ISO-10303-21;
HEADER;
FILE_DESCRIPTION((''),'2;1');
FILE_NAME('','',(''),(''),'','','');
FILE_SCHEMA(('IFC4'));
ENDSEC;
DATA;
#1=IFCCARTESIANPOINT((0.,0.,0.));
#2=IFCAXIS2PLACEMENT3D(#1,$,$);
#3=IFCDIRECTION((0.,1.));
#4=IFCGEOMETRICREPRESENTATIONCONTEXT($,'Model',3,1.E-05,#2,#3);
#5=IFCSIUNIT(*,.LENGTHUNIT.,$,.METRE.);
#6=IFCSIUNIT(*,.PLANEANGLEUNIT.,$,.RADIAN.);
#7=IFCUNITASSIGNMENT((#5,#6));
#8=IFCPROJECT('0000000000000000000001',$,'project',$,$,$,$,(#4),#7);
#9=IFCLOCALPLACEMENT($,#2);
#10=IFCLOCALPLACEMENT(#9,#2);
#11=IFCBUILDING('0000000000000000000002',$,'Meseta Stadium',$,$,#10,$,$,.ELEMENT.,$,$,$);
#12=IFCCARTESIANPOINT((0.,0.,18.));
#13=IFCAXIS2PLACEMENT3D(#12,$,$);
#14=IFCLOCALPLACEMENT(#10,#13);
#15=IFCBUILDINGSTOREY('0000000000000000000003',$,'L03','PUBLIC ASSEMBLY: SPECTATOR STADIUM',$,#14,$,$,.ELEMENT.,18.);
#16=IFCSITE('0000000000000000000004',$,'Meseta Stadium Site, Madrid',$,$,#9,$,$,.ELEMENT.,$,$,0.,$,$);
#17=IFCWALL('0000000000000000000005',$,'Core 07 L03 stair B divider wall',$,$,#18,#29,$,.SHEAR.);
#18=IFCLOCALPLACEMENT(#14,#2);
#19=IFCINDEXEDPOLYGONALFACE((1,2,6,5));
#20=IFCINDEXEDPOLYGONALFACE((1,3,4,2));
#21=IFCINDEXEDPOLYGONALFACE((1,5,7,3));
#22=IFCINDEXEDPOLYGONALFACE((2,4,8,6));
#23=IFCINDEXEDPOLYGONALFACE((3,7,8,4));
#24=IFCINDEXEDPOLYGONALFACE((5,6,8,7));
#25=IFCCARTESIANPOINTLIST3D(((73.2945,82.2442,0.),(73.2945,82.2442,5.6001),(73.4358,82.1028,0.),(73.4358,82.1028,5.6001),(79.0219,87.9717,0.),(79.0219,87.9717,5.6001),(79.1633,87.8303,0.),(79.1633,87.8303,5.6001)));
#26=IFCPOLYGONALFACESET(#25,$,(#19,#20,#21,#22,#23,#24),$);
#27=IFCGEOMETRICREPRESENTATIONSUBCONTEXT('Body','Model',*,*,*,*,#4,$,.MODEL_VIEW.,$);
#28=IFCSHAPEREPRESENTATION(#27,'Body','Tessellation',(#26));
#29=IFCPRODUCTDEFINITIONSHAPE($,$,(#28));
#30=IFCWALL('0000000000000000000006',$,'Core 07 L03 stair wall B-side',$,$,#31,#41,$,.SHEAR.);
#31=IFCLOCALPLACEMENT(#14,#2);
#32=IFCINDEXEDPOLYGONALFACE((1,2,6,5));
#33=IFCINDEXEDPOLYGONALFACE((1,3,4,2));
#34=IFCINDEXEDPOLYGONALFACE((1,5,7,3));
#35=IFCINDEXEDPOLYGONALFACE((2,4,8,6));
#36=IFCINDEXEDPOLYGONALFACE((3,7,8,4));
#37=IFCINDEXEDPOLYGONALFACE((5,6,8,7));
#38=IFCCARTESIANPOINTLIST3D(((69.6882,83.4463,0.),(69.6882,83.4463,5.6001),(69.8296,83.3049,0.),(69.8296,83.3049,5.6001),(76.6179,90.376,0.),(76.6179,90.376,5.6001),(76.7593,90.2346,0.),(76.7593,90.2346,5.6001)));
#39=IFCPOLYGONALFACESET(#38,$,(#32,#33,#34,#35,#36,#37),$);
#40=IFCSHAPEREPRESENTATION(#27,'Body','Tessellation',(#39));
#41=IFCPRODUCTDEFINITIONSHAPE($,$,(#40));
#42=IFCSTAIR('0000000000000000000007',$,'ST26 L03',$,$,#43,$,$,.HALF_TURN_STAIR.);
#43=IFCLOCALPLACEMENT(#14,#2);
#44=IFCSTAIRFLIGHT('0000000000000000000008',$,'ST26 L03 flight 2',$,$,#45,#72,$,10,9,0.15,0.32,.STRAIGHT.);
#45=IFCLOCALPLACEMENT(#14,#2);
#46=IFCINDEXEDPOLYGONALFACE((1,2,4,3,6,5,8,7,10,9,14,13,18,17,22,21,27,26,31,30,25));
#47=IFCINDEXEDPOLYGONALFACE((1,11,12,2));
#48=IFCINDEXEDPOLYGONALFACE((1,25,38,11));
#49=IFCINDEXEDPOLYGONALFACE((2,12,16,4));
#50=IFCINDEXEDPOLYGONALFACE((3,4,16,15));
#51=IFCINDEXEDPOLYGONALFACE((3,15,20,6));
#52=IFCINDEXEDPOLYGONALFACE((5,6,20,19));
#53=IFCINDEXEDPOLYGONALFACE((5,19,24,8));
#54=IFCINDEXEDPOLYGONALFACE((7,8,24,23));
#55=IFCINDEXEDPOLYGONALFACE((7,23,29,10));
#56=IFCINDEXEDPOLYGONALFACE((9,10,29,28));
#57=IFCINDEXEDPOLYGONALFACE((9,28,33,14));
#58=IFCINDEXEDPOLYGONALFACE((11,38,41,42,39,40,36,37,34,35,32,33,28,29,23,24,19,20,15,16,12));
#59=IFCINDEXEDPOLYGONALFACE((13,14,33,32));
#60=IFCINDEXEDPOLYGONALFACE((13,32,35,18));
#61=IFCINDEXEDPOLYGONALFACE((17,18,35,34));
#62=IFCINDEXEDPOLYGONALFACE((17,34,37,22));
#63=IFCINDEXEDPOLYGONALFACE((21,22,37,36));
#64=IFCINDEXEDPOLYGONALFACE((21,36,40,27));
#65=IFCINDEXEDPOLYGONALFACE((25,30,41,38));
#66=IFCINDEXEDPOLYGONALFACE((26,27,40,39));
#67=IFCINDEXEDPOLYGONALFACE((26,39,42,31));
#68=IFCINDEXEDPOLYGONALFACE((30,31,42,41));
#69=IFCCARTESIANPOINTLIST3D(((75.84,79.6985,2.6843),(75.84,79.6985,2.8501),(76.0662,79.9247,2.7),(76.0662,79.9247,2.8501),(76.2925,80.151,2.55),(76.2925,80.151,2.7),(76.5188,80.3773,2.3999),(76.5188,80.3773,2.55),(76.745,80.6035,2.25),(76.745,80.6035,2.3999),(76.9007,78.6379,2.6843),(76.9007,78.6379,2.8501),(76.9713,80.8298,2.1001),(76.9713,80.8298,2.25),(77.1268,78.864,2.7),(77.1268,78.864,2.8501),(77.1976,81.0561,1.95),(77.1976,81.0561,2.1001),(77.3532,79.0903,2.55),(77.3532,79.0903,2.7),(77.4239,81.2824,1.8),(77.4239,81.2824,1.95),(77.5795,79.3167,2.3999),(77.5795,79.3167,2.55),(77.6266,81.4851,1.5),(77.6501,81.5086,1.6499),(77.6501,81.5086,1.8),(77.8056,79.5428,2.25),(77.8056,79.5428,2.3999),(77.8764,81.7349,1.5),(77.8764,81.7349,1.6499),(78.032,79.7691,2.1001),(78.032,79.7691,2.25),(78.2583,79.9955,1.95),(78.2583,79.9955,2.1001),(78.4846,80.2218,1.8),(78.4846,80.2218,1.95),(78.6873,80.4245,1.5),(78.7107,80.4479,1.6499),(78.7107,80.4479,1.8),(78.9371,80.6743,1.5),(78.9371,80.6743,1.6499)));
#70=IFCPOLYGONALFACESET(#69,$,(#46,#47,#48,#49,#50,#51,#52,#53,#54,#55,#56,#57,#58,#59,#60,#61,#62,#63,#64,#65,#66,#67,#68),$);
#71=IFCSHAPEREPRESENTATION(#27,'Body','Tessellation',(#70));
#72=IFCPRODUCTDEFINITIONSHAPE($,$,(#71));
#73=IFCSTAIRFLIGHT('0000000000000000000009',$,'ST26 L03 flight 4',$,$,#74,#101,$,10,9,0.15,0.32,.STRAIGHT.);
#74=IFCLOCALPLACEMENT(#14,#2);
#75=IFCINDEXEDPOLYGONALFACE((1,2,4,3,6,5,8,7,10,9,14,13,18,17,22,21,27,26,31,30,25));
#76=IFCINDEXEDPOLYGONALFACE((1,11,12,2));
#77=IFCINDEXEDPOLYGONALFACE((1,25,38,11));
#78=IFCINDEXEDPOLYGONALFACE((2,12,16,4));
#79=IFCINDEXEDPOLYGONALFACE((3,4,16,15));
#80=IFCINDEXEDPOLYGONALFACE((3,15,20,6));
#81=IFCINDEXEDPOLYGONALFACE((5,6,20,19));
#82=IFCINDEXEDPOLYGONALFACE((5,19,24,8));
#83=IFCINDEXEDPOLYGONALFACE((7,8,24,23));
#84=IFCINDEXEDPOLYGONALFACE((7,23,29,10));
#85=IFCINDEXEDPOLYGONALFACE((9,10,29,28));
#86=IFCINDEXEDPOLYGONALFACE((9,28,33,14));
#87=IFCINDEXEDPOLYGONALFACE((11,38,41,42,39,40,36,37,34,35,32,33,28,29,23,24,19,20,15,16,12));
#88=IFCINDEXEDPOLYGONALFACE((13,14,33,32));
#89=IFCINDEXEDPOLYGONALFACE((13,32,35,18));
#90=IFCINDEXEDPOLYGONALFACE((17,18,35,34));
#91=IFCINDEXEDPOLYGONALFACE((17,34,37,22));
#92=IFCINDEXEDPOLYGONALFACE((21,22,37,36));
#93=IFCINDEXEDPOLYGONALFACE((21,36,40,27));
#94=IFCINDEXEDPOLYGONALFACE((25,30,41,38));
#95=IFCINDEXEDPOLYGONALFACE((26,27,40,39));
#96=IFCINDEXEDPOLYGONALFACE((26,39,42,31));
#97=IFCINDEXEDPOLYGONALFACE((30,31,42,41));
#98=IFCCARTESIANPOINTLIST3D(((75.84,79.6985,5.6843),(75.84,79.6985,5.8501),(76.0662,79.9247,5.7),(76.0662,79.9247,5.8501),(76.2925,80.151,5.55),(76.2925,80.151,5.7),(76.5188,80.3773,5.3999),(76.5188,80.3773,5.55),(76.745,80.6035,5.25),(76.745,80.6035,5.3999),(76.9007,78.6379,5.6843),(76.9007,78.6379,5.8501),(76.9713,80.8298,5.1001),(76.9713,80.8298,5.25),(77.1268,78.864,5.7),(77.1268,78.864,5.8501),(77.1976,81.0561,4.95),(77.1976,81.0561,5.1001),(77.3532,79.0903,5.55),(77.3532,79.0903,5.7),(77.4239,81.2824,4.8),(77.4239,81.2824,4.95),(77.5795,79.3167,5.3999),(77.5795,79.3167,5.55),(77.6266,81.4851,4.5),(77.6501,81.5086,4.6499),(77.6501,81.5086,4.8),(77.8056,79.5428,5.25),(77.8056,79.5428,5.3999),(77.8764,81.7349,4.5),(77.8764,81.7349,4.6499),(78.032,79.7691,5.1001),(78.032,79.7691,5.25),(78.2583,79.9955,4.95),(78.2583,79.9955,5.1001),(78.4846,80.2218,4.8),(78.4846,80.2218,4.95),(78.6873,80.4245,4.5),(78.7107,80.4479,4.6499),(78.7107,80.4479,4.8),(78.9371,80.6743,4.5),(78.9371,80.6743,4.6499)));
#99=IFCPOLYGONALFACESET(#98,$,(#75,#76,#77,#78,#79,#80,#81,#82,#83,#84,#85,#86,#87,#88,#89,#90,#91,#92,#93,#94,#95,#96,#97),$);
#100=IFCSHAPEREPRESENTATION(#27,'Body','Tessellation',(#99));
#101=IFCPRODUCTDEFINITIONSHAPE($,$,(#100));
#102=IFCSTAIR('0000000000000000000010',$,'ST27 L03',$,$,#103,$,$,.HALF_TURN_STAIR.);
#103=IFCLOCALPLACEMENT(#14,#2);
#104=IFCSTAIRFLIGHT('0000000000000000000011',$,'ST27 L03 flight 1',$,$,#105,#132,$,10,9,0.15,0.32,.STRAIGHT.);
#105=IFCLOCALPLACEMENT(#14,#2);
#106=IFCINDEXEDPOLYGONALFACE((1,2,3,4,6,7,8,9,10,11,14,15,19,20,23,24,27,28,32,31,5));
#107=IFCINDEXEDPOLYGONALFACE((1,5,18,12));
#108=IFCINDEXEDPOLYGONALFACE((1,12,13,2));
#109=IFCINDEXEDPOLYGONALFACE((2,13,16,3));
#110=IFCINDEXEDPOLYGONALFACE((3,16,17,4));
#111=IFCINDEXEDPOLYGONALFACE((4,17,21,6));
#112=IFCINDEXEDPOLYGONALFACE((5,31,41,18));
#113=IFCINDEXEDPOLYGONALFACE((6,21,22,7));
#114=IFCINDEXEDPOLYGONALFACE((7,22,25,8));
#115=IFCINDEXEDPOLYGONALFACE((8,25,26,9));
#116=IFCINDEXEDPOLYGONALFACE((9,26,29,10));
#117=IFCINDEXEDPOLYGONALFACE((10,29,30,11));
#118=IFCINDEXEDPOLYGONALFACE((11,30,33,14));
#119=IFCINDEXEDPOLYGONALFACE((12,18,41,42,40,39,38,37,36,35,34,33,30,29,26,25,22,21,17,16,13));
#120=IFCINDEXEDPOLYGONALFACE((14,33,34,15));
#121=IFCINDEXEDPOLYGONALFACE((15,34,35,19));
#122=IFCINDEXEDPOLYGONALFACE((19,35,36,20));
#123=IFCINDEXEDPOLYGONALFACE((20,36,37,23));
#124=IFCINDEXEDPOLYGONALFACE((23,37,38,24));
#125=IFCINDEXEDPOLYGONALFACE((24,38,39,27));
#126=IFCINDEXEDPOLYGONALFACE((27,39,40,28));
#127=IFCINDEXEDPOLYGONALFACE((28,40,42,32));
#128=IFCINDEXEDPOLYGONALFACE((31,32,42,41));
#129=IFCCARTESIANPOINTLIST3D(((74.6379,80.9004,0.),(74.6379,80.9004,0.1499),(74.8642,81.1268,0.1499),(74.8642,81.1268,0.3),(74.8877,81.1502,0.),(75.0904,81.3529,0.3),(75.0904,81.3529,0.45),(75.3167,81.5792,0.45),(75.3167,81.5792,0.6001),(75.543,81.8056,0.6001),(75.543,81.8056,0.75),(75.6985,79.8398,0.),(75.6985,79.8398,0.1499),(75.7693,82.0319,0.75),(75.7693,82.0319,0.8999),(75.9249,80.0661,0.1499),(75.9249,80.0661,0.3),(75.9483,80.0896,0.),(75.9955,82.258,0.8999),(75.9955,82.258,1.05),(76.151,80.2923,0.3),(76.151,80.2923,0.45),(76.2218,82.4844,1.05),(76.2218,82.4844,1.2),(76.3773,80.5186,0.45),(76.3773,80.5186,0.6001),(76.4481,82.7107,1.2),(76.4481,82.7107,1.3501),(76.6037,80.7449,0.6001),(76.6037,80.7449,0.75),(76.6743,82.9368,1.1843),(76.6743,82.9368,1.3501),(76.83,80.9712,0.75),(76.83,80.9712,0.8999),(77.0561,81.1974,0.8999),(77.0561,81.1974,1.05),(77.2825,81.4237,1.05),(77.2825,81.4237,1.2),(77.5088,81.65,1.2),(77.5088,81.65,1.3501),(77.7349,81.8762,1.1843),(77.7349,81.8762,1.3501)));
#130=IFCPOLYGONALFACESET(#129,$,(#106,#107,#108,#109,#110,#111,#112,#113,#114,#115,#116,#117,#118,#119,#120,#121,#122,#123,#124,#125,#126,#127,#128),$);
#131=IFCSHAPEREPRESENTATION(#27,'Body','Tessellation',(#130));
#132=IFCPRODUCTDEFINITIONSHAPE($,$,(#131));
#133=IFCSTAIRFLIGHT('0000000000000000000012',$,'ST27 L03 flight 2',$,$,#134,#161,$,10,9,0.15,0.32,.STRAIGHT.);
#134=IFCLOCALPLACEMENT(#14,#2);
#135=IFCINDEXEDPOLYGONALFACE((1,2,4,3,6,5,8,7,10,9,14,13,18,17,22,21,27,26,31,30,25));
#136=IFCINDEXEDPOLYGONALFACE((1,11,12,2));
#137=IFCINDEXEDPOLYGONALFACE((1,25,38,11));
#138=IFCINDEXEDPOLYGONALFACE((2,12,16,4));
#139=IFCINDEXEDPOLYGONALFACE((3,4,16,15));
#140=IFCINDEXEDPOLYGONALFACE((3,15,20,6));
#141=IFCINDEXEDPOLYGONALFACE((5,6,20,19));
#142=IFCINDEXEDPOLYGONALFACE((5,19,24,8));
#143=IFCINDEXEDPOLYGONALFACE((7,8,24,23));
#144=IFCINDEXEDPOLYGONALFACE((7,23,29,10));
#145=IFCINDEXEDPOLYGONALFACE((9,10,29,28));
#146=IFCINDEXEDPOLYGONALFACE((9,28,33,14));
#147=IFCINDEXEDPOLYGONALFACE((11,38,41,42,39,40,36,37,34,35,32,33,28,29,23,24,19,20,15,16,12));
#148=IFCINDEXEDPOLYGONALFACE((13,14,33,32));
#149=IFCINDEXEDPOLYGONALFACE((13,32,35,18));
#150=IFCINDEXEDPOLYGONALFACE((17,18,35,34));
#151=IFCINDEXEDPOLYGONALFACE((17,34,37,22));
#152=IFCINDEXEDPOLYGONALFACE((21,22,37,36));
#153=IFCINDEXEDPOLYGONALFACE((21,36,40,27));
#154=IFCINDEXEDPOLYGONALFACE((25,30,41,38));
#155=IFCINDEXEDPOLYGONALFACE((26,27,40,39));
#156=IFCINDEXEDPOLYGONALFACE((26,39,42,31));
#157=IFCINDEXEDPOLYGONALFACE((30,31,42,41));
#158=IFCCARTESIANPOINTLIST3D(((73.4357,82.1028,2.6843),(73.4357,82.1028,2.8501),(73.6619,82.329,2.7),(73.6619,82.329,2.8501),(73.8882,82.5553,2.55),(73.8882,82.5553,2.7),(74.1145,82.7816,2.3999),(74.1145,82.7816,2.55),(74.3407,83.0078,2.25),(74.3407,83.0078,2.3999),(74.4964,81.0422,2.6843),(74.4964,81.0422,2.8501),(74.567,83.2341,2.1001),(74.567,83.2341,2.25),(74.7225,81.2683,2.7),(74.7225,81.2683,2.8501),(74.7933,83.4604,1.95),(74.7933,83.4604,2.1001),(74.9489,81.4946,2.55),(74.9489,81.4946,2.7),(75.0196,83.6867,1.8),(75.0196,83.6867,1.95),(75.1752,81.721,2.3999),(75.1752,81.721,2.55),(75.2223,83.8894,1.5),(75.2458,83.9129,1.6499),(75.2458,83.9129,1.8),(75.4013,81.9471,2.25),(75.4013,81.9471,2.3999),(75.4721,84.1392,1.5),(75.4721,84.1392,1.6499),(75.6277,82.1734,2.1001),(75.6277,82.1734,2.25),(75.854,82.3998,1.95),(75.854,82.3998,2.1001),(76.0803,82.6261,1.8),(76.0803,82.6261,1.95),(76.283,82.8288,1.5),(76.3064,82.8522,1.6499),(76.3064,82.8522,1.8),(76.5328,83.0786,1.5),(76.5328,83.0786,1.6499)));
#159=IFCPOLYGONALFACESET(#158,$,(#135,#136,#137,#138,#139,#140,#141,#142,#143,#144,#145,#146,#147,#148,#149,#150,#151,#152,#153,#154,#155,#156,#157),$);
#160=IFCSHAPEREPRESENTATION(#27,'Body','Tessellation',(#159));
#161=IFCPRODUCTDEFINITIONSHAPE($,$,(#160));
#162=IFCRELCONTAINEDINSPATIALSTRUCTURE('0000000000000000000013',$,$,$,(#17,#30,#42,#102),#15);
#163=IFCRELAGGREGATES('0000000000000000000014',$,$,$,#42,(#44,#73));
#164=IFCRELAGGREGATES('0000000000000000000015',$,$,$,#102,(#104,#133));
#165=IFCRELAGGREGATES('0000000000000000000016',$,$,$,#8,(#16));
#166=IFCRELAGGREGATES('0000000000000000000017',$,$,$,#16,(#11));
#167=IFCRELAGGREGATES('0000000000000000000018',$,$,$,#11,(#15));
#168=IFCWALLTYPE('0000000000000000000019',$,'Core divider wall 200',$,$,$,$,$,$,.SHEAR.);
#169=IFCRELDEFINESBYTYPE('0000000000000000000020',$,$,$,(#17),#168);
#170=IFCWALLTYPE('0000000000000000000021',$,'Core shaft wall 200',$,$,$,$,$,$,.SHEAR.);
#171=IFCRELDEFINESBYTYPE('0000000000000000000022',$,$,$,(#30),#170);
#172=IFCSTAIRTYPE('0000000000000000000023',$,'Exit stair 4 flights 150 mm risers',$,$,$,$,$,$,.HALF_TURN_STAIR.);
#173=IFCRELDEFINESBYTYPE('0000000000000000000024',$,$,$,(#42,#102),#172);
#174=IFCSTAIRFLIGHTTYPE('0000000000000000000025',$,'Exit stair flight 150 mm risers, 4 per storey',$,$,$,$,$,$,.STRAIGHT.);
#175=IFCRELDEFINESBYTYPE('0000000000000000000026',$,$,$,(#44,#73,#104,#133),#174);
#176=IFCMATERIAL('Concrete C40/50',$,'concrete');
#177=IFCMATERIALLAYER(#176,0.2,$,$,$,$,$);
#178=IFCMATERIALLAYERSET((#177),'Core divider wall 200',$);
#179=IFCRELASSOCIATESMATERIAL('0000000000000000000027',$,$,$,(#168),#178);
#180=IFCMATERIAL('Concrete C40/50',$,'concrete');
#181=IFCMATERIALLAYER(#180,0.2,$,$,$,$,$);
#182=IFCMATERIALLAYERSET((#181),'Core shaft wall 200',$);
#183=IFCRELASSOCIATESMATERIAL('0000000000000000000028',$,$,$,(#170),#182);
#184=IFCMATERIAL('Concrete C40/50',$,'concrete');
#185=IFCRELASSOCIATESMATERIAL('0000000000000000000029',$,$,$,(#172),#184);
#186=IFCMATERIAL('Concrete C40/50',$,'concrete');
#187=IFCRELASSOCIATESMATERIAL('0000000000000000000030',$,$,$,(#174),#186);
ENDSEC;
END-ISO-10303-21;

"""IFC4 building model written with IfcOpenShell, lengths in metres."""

from ifc_helpers import new_model, si_unit, direction, frame, frame_2d, origin, place, context, subcontext, project, spatial, polyline, rectangle, outline, extrude, material, layer, layer_set, type_object, element, aggregate, save


model = new_model("IFC4")

# Units and contexts
model_context = context("Model", 3, precision=1e-05, world=origin(), true_north=direction((0.0, 1.0)))
body_context = subcontext(model_context, "Body", "Model", "MODEL_VIEW")
ifc_project = project(units=[si_unit("LENGTHUNIT", "METRE"), si_unit("PLANEANGLEUNIT", "RADIAN")], contexts=[model_context])

# Site, building, storey
site_placement = place(None, origin())
site = spatial("IfcSite", under=ifc_project, at=site_placement, Name="Meseta Stadium Site, Madrid", CompositionType="ELEMENT", RefElevation=0.0)
building_placement = place(site_placement, origin())
building = spatial("IfcBuilding", under=site, at=building_placement, Name="Meseta Stadium", CompositionType="ELEMENT")
storey_placement = place(building_placement, frame((0.0, 0.0, 18.0)))
storey = spatial("IfcBuildingStorey", under=building, at=storey_placement, Name="L03", Description="PUBLIC ASSEMBLY: SPECTATOR STADIUM", CompositionType="ELEMENT", Elevation=18.0)

# Walls
ifc_material_1 = material(Name="Concrete C40/50", Category="concrete")
ifc_layer_1 = layer(ifc_material_1, 0.2)
ifc_layer_set_1 = layer_set([ifc_layer_1], Name="Core divider wall 200")
wall_type_1 = type_object("IfcWallType", Name="Core divider wall 200", PredefinedType="SHEAR", material=ifc_layer_set_1)
wall_1_placement = place(storey_placement, frame((79.0925, 87.9009, 0.0), z_axis=(0.0, 0.0, 1.0), x_axis=(-0.707107, -0.707107, 0.0)))
element("IfcWall", 1, at=wall_1_placement, inside=storey, type_object=wall_type_1, Name="Core 07 L03 stair B divider wall", PredefinedType="SHEAR", context=body_context, shape_type="SweptSolid", body=[
    extrude(rectangle(XDim=8.0999, YDim=0.2, at=frame_2d((4.0498, 0.0))), origin(), (0.0, 0.0, 1.0), 5.6001),
])
ifc_material_2 = material(Name="Concrete C40/50", Category="concrete")
ifc_layer_2 = layer(ifc_material_2, 0.2)
ifc_layer_set_2 = layer_set([ifc_layer_2], Name="Core shaft wall 200")
wall_type_2 = type_object("IfcWallType", Name="Core shaft wall 200", PredefinedType="SHEAR", material=ifc_layer_set_2)
wall_2_placement = place(storey_placement, frame((76.6885, 90.3052, 0.0), z_axis=(0.0, 0.0, 1.0), x_axis=(-0.707107, -0.707107, 0.0)))
element("IfcWall", 2, at=wall_2_placement, inside=storey, type_object=wall_type_2, Name="Core 07 L03 stair wall B-side", PredefinedType="SHEAR", context=body_context, shape_type="SweptSolid", body=[
    extrude(rectangle(XDim=9.8, YDim=0.2, at=frame_2d((4.8999, 0.0))), origin(), (0.0, 0.0, 1.0), 5.6001),
])

# Stairs, stair flights
ifc_material_3 = material(Name="Concrete C40/50", Category="concrete")
stair_type = type_object("IfcStairType", Name="Exit stair 4 flights 150 mm risers", PredefinedType="HALF_TURN_STAIR", material=ifc_material_3)
stair_1_placement = place(storey_placement, origin())
stair_1 = element("IfcStair", 3, at=stair_1_placement, inside=storey, type_object=stair_type, Name="ST26 L03", PredefinedType="HALF_TURN_STAIR")
ifc_material_4 = material(Name="Concrete C40/50", Category="concrete")
stair_flight_type = type_object("IfcStairFlightType", Name="Exit stair flight 150 mm risers, 4 per storey", PredefinedType="STRAIGHT", material=ifc_material_4)
stair_flight_1_placement = place(storey_placement, frame((78.4067, 81.2046, 1.5), z_axis=(0.0, 0.0, 1.0), x_axis=(-0.707107, -0.707107, 0.0)))
stair_flight_1 = element("IfcStairFlight", 4, at=stair_flight_1_placement, type_object=stair_flight_type, Name="ST26 L03 flight 2", NumberOfRisers=10, NumberOfTreads=9, PredefinedType="STRAIGHT", RiserHeight=0.15, TreadLength=0.32, context=body_context, shape_type="SweptSolid", body=[
    extrude(outline(polyline([(0.0, 0.0), (0.0, 0.1499), (0.3201, 0.1499), (0.3201, 0.3), (0.6399, 0.3), (0.6399, 0.45), (0.96, 0.45), (0.96, 0.6001), (1.28, 0.6001), (1.28, 0.75), (1.6001, 0.75), (1.6001, 0.8999), (1.9199, 0.8999), (1.9199, 1.05), (2.24, 1.05), (2.24, 1.2), (2.5601, 1.2), (2.5601, 1.3501), (2.8799, 1.3501), (2.8799, 1.1843), (0.3533, 0.0), (0.0, 0.0)])), frame((0.0, 0.75, 0.0), z_axis=(0.0, -1.0, 0.0), x_axis=(1.0, 0.0, 0.0)), (0.0, 0.0, 1.0), 1.5),
])
stair_flight_2_placement = place(storey_placement, frame((78.4067, 81.2046, 4.5), z_axis=(0.0, 0.0, 1.0), x_axis=(-0.707107, -0.707107, 0.0)))
stair_flight_2 = element("IfcStairFlight", 5, at=stair_flight_2_placement, type_object=stair_flight_type, Name="ST26 L03 flight 4", NumberOfRisers=10, NumberOfTreads=9, PredefinedType="STRAIGHT", RiserHeight=0.15, TreadLength=0.32, context=body_context, shape_type="SweptSolid", body=[
    extrude(outline(polyline([(0.0, 0.0), (0.0, 0.1499), (0.3201, 0.1499), (0.3201, 0.3), (0.6399, 0.3), (0.6399, 0.45), (0.96, 0.45), (0.96, 0.6001), (1.28, 0.6001), (1.28, 0.75), (1.6001, 0.75), (1.6001, 0.8999), (1.9199, 0.8999), (1.9199, 1.05), (2.24, 1.05), (2.24, 1.2), (2.5601, 1.2), (2.5601, 1.3501), (2.8799, 1.3501), (2.8799, 1.1843), (0.3533, 0.0), (0.0, 0.0)])), frame((0.0, 0.75, 0.0), z_axis=(0.0, -1.0, 0.0), x_axis=(1.0, 0.0, 0.0)), (0.0, 0.0, 1.0), 1.5),
])
aggregate(stair_1, [stair_flight_1, stair_flight_2])
stair_2_placement = place(storey_placement, origin())
stair_2 = element("IfcStair", 6, at=stair_2_placement, inside=storey, type_object=stair_type, Name="ST27 L03", PredefinedType="HALF_TURN_STAIR")
stair_flight_3_placement = place(storey_placement, frame((75.1682, 80.3701, 0.0), z_axis=(0.0, 0.0, 1.0), x_axis=(0.707107, 0.707107, 0.0)))
stair_flight_3 = element("IfcStairFlight", 7, at=stair_flight_3_placement, type_object=stair_flight_type, Name="ST27 L03 flight 1", NumberOfRisers=10, NumberOfTreads=9, PredefinedType="STRAIGHT", RiserHeight=0.15, TreadLength=0.32, context=body_context, shape_type="SweptSolid", body=[
    extrude(outline(polyline([(0.0, 0.0), (0.0, 0.1499), (0.3201, 0.1499), (0.3201, 0.3), (0.6399, 0.3), (0.6399, 0.45), (0.96, 0.45), (0.96, 0.6001), (1.28, 0.6001), (1.28, 0.75), (1.6001, 0.75), (1.6001, 0.8999), (1.9199, 0.8999), (1.9199, 1.05), (2.24, 1.05), (2.24, 1.2), (2.5601, 1.2), (2.5601, 1.3501), (2.8799, 1.3501), (2.8799, 1.1843), (0.3533, 0.0), (0.0, 0.0)])), frame((0.0, 0.75, 0.0), z_axis=(0.0, -1.0, 0.0), x_axis=(1.0, 0.0, 0.0)), (0.0, 0.0, 1.0), 1.5),
])
stair_flight_4_placement = place(storey_placement, frame((76.0024, 83.6089, 1.5), z_axis=(0.0, 0.0, 1.0), x_axis=(-0.707107, -0.707107, 0.0)))
stair_flight_4 = element("IfcStairFlight", 8, at=stair_flight_4_placement, type_object=stair_flight_type, Name="ST27 L03 flight 2", NumberOfRisers=10, NumberOfTreads=9, PredefinedType="STRAIGHT", RiserHeight=0.15, TreadLength=0.32, context=body_context, shape_type="SweptSolid", body=[
    extrude(outline(polyline([(0.0, 0.0), (0.0, 0.1499), (0.3201, 0.1499), (0.3201, 0.3), (0.6399, 0.3), (0.6399, 0.45), (0.96, 0.45), (0.96, 0.6001), (1.28, 0.6001), (1.28, 0.75), (1.6001, 0.75), (1.6001, 0.8999), (1.9199, 0.8999), (1.9199, 1.05), (2.24, 1.05), (2.24, 1.2), (2.5601, 1.2), (2.5601, 1.3501), (2.8799, 1.3501), (2.8799, 1.1843), (0.3533, 0.0), (0.0, 0.0)])), frame((0.0, 0.75, 0.0), z_axis=(0.0, -1.0, 0.0), x_axis=(1.0, 0.0, 0.0)), (0.0, 0.0, 1.0), 1.5),
])
aggregate(stair_2, [stair_flight_3, stair_flight_4])

save(model, "model.ifc")
